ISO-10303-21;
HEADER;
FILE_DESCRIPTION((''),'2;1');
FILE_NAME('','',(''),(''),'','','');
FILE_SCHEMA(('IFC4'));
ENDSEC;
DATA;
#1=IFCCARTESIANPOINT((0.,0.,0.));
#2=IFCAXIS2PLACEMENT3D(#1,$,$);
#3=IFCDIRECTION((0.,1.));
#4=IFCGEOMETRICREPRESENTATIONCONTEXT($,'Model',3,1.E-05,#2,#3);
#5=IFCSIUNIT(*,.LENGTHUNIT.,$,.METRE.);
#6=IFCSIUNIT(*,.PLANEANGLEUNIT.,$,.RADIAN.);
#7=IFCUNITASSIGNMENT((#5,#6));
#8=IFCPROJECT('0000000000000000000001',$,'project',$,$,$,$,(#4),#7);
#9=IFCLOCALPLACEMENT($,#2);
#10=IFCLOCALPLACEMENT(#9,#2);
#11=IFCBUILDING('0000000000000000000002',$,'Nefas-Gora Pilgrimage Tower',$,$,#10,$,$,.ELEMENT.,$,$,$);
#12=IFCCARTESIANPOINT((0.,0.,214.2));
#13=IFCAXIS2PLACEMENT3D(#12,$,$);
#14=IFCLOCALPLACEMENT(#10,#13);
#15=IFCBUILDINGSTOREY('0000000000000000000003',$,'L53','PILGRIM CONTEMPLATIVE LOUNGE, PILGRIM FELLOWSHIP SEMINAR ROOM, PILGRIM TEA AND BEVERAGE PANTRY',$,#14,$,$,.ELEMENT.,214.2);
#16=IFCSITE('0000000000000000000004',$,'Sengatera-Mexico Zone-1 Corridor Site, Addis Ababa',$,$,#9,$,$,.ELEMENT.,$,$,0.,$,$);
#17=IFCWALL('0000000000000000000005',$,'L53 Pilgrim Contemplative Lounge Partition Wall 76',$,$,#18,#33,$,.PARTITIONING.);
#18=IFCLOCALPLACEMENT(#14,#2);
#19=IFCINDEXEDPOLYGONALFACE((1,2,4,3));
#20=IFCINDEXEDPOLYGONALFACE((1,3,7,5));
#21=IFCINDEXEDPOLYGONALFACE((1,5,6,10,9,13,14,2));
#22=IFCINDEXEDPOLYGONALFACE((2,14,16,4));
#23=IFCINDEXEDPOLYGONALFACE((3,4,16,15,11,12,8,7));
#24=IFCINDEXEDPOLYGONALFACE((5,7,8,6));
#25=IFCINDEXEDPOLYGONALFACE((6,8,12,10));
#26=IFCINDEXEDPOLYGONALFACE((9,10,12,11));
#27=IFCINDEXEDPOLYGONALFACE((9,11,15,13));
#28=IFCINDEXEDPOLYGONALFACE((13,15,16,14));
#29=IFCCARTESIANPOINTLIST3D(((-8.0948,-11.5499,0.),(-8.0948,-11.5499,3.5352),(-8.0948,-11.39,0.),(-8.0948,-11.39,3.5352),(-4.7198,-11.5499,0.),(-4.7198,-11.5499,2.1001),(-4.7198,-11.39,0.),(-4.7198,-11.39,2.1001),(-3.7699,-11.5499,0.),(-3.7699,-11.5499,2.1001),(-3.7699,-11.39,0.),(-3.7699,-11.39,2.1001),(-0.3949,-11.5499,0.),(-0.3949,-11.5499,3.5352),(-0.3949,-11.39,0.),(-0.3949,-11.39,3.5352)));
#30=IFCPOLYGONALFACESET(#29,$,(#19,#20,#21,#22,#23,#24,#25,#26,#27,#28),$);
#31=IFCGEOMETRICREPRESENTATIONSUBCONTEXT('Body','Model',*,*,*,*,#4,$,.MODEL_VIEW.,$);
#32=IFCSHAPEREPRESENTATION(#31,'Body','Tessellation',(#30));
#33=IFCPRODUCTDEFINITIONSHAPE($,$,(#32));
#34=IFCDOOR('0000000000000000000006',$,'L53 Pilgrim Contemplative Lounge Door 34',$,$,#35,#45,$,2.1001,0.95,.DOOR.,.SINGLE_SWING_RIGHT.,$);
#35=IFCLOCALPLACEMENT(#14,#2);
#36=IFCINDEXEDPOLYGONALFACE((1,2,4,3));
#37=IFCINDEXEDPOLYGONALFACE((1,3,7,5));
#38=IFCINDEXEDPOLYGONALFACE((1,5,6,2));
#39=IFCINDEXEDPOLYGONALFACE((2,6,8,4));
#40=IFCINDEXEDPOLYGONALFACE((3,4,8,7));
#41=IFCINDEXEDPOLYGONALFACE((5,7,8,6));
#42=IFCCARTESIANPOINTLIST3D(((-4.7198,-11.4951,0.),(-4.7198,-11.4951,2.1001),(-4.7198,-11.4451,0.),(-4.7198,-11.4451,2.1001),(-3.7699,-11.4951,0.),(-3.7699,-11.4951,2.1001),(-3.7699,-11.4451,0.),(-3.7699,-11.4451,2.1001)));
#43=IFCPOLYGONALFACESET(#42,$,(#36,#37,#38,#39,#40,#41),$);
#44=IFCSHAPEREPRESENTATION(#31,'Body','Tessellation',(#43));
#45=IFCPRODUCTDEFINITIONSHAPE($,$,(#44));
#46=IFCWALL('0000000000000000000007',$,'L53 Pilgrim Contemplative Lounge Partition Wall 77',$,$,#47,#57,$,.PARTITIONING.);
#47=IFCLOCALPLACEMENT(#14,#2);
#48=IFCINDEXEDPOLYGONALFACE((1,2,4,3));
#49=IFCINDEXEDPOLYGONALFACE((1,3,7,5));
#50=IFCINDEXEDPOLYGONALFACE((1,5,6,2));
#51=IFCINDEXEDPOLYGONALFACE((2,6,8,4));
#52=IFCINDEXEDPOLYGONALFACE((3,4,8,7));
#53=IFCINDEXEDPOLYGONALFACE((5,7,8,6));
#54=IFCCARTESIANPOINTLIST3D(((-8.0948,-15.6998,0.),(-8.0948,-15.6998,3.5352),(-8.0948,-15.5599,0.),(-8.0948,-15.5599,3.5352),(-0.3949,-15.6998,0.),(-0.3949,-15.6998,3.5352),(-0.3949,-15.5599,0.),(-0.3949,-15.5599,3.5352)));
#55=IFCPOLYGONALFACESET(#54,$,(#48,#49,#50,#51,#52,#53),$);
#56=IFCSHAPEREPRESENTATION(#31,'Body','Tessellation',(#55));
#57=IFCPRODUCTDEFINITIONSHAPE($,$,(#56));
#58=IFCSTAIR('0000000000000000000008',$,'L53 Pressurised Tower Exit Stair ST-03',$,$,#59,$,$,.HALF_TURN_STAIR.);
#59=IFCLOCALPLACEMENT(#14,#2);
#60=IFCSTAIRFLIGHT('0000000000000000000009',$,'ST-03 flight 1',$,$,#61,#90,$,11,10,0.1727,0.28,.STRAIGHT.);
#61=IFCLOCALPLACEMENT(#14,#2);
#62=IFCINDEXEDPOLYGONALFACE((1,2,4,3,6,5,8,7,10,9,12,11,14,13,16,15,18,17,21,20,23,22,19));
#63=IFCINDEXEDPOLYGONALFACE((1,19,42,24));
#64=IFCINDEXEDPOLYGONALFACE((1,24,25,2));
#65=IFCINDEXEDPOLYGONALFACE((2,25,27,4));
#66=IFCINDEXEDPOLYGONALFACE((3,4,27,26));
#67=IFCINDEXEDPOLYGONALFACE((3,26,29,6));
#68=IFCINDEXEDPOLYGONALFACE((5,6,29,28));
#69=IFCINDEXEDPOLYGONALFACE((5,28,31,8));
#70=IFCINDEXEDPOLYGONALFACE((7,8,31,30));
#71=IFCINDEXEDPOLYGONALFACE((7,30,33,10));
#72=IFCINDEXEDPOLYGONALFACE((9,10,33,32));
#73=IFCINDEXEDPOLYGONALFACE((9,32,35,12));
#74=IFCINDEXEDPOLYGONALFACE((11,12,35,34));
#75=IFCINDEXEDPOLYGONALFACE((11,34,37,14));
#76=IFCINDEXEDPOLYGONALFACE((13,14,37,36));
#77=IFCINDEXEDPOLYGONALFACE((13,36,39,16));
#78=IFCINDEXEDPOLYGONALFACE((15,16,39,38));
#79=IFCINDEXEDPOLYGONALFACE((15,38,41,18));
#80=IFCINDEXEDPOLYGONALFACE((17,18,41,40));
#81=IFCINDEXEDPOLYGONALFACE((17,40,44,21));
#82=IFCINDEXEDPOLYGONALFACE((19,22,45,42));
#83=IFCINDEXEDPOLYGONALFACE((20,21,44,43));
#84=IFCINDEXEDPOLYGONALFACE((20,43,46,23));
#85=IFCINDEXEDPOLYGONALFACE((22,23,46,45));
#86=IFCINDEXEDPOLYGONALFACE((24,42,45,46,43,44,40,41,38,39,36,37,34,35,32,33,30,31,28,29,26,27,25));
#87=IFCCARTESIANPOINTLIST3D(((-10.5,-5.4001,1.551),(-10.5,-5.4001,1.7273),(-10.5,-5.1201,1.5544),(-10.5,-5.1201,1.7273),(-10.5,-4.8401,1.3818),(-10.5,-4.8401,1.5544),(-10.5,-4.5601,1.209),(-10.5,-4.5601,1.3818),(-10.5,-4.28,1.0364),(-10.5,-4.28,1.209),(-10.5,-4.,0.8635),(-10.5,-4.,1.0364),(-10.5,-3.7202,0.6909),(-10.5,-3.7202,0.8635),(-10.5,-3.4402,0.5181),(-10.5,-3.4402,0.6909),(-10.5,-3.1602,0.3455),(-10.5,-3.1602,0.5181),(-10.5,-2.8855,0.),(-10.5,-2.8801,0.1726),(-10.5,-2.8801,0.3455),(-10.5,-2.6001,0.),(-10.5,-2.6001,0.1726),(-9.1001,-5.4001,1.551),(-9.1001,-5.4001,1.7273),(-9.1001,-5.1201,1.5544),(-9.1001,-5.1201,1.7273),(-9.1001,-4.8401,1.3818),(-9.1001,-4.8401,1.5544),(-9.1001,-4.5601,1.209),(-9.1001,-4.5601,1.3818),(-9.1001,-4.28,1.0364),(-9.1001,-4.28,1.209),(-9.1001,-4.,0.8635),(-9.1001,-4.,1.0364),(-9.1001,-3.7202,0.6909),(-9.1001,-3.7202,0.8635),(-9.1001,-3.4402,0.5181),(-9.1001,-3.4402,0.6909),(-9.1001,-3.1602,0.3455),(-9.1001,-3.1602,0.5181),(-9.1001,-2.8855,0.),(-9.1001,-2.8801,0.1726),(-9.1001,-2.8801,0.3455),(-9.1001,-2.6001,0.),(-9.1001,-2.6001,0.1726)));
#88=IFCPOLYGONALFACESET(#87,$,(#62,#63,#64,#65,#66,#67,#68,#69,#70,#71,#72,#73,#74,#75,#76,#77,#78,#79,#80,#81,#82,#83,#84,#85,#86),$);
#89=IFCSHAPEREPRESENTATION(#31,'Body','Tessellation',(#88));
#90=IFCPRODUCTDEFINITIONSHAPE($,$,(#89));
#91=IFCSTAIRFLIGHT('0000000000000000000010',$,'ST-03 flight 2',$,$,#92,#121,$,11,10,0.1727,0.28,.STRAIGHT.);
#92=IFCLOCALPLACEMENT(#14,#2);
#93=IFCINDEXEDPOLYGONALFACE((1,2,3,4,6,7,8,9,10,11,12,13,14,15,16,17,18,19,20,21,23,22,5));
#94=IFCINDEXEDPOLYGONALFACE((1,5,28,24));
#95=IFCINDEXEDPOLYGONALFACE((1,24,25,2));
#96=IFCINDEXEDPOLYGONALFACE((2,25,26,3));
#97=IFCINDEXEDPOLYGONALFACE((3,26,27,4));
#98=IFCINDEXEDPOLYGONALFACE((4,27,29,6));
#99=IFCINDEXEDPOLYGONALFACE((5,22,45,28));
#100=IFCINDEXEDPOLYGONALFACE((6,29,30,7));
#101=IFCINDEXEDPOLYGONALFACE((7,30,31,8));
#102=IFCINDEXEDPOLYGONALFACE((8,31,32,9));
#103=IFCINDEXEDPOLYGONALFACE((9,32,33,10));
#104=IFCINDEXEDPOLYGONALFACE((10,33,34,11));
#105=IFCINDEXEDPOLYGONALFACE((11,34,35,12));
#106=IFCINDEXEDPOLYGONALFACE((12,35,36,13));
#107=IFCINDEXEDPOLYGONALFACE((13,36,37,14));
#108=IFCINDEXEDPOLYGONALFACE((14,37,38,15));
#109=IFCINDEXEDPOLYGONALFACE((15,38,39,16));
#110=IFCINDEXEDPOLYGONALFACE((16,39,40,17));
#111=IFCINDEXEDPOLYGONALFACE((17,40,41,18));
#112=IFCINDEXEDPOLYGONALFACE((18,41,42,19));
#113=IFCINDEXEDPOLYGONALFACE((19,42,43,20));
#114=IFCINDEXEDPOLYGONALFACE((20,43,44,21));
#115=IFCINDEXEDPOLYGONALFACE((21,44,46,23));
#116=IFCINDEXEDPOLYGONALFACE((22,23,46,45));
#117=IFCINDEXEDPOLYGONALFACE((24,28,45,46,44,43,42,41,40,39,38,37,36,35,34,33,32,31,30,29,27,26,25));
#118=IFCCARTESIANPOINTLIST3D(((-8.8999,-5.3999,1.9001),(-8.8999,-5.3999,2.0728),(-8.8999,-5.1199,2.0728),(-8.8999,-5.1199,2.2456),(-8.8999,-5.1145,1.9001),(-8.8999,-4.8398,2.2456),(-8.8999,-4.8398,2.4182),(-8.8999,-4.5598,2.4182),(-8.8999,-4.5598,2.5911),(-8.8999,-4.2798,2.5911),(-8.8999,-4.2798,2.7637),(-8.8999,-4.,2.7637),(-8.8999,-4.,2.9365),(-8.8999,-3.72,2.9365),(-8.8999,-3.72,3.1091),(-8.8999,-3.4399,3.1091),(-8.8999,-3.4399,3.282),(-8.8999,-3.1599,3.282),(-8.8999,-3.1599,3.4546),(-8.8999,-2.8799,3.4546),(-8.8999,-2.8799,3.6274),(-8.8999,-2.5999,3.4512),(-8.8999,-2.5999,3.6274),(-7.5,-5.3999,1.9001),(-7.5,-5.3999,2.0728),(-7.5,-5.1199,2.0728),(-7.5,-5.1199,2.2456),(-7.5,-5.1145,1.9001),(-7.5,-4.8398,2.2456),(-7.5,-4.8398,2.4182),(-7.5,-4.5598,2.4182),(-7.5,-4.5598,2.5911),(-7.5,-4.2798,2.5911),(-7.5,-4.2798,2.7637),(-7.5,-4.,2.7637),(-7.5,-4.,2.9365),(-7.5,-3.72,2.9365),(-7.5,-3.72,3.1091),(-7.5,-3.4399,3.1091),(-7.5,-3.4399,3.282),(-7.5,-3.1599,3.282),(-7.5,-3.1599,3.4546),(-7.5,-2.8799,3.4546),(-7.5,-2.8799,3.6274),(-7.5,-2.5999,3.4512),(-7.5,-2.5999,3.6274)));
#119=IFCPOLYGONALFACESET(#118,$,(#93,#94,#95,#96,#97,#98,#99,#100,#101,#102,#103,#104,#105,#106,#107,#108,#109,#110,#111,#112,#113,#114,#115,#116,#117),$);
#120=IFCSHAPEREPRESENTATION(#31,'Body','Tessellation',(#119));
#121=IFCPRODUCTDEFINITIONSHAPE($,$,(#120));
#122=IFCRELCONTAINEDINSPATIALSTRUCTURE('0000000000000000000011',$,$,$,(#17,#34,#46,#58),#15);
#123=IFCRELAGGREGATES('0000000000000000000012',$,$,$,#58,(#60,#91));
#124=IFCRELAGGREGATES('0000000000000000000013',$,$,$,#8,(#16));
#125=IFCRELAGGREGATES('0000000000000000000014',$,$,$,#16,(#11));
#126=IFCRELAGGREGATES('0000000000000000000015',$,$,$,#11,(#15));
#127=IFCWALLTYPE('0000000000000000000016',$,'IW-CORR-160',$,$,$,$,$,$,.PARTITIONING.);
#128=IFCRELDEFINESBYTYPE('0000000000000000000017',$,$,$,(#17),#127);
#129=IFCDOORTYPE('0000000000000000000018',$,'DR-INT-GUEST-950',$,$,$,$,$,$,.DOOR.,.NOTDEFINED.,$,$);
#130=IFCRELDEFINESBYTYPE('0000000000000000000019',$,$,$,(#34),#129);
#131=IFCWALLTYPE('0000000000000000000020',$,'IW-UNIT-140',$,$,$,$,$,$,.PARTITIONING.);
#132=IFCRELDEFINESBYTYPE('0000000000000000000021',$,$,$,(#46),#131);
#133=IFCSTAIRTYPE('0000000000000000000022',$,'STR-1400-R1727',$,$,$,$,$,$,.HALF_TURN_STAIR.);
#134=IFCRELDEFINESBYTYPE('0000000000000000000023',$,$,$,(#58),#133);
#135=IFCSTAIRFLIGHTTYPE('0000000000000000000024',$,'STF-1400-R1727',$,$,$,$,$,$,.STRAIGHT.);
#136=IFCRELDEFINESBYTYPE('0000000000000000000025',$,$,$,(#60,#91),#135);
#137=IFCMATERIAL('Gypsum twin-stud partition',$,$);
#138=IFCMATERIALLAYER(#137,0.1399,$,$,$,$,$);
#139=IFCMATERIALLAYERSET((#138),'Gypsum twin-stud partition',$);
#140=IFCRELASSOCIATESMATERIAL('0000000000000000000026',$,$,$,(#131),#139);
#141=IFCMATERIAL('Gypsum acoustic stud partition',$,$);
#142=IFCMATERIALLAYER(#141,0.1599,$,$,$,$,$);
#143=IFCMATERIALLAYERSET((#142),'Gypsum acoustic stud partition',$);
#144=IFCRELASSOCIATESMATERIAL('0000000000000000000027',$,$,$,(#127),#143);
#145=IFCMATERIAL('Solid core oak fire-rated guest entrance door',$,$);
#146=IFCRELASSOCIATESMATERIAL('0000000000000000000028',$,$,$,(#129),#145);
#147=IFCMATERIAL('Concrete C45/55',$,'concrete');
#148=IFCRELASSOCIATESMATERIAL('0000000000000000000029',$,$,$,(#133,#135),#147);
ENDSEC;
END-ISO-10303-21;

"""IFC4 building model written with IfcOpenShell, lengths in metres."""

from ifc_helpers import new_model, si_unit, direction, frame, frame_2d, origin, place, context, subcontext, project, spatial, polyline, rectangle, outline, extrude, source, transform, mapped, material, layer, layer_set, type_object, element, fill, aggregate, save


model = new_model("IFC4")

# Units and contexts
model_context = context("Model", 3, precision=1e-05, world=origin(), true_north=direction((0.0, 1.0)))
body_context = subcontext(model_context, "Body", "Model", "MODEL_VIEW")
ifc_project = project(units=[si_unit("LENGTHUNIT", "METRE"), si_unit("PLANEANGLEUNIT", "RADIAN")], contexts=[model_context])

# Site, building, storey
site_placement = place(None, origin())
site = spatial("IfcSite", under=ifc_project, at=site_placement, Name="Sengatera-Mexico Zone-1 Corridor Site, Addis Ababa", CompositionType="ELEMENT", RefElevation=0.0)
building_placement = place(site_placement, origin())
building = spatial("IfcBuilding", under=site, at=building_placement, Name="Nefas-Gora Pilgrimage Tower", CompositionType="ELEMENT")
storey_placement = place(building_placement, frame((0.0, 0.0, 214.2)))
storey = spatial("IfcBuildingStorey", under=building, at=storey_placement, Name="L53", Description="PILGRIM CONTEMPLATIVE LOUNGE, PILGRIM FELLOWSHIP SEMINAR ROOM, PILGRIM TEA AND BEVERAGE PANTRY", CompositionType="ELEMENT", Elevation=214.2)

# Shared definitions
ifc_material_1 = material(Name="Gypsum twin-stud partition")
ifc_layer_1 = layer(ifc_material_1, 0.1399)
ifc_layer_set_1 = layer_set([ifc_layer_1], Name="Gypsum twin-stud partition")
wall_type_1 = type_object("IfcWallType", Name="IW-UNIT-140", PredefinedType="PARTITIONING", material=ifc_layer_set_1)
ifc_material_2 = material(Name="Gypsum acoustic stud partition")
ifc_layer_2 = layer(ifc_material_2, 0.1599)
ifc_layer_set_2 = layer_set([ifc_layer_2], Name="Gypsum acoustic stud partition")
wall_type_2 = type_object("IfcWallType", Name="IW-CORR-160", PredefinedType="PARTITIONING", material=ifc_layer_set_2)

# Shared definitions
ifc_material_3 = material(Name="Solid core oak fire-rated guest entrance door")
door_type_1 = type_object("IfcDoorType", Name="DR-INT-GUEST-950", OperationType="NOTDEFINED", PredefinedType="DOOR", material=ifc_material_3)
shared_shape_1 = source(origin(), body_context, "Body", "SweptSolid", [
    extrude(rectangle(XDim=0.95, YDim=2.1001, at=frame_2d((0.4751, 1.05))), frame((0.0, 0.0249, 0.0), z_axis=(0.0, -1.0, 0.0), x_axis=(1.0, 0.0, 0.0)), (0.0, 0.0, 1.0), 0.05),
])

# Wall, opening, door
shared_shape_2 = source(origin(), body_context, "Body", "SweptSolid", [
    extrude(rectangle(XDim=7.7, YDim=0.1599, at=frame_2d((3.8501, 0.0))), origin(), (0.0, 0.0, 1.0), 3.5352),
])
wall_1_placement = place(storey_placement, frame((-8.095, -11.47, 0.0), z_axis=(0.0, 0.0, 1.0), x_axis=(1.0, 0.0, 0.0)))
wall_1 = element("IfcWall", 1, at=wall_1_placement, inside=storey, type_object=wall_type_2, Name="L53 Pilgrim Contemplative Lounge Partition Wall 76", PredefinedType="PARTITIONING", context=body_context, shape_type="MappedRepresentation", body=[
    mapped(shared_shape_2, transform((0.0, 0.0, 0.0), x_axis=(1.0, 0.0, 0.0), y_axis=(0.0, 1.0, 0.0), z_axis=(0.0, 0.0, 1.0), scale=1.0)),
])
opening_1_placement = place(wall_1_placement, frame((3.375, 0.0, 0.0)))
opening_1 = element("IfcOpeningElement", 2, at=opening_1_placement, cuts=wall_1, PredefinedType="OPENING", context=body_context, shape_type="SweptSolid", body=[
    extrude(rectangle(XDim=0.95, YDim=2.1001, at=frame_2d((0.4751, 1.05))), frame((0.0, 0.0898, 0.0), z_axis=(0.0, -1.0, 0.0), x_axis=(1.0, 0.0, 0.0)), (0.0, 0.0, 1.0), 0.1799),
])
door_1_placement = place(opening_1_placement, origin())
door_1 = element("IfcDoor", 3, at=door_1_placement, inside=storey, type_object=door_type_1, Name="L53 Pilgrim Contemplative Lounge Door 34", OperationType="SINGLE_SWING_RIGHT", OverallHeight=2.1001, OverallWidth=0.95, PredefinedType="DOOR", context=body_context, shape_type="MappedRepresentation", body=[
    mapped(shared_shape_1, transform((0.0, 0.0, 0.0), x_axis=(1.0, 0.0, 0.0), y_axis=(0.0, 1.0, 0.0), z_axis=(0.0, 0.0, 1.0), scale=1.0)),
])
fill(opening_1, door_1)

# Wall
shared_shape_3 = source(origin(), body_context, "Body", "SweptSolid", [
    extrude(rectangle(XDim=7.7, YDim=0.1399, at=frame_2d((3.8501, 0.0))), origin(), (0.0, 0.0, 1.0), 3.5352),
])
wall_2_placement = place(storey_placement, frame((-8.095, -15.6299, 0.0), z_axis=(0.0, 0.0, 1.0), x_axis=(1.0, 0.0, 0.0)))
element("IfcWall", 4, at=wall_2_placement, inside=storey, type_object=wall_type_1, Name="L53 Pilgrim Contemplative Lounge Partition Wall 77", PredefinedType="PARTITIONING", context=body_context, shape_type="MappedRepresentation", body=[
    mapped(shared_shape_3, transform((0.0, 0.0, 0.0), x_axis=(1.0, 0.0, 0.0), y_axis=(0.0, 1.0, 0.0), z_axis=(0.0, 0.0, 1.0), scale=1.0)),
])

# Stair, stair flights
ifc_material_4 = material(Name="Concrete C45/55", Category="concrete")
stair_type = type_object("IfcStairType", Name="STR-1400-R1727", PredefinedType="HALF_TURN_STAIR", material=ifc_material_4)
stair_placement = place(storey_placement, origin())
stair = element("IfcStair", 5, at=stair_placement, inside=storey, type_object=stair_type, Name="L53 Pressurised Tower Exit Stair ST-03", PredefinedType="HALF_TURN_STAIR")
stair_flight_type = type_object("IfcStairFlightType", Name="STF-1400-R1727", PredefinedType="STRAIGHT", material=ifc_material_4)
shared_shape_4 = source(origin(), body_context, "Body", "SweptSolid", [
    extrude(outline(polyline([(0.0, 0.0), (0.0, 0.1726), (0.28, 0.1726), (0.28, 0.3455), (0.5601, 0.3455), (0.5601, 0.5181), (0.8401, 0.5181), (0.8401, 0.6909), (1.1201, 0.6909), (1.1201, 0.8635), (1.3999, 0.8635), (1.3999, 1.0364), (1.6799, 1.0364), (1.6799, 1.209), (1.96, 1.209), (1.96, 1.3818), (2.24, 1.3818), (2.24, 1.5544), (2.52, 1.5544), (2.52, 1.7273), (2.8, 1.7273), (2.8, 1.8999), (2.8, 1.551), (0.2854, 0.0), (0.0, 0.0)])), frame((0.0, 0.7, 0.0), z_axis=(0.0, -1.0, 0.0), x_axis=(1.0, 0.0, 0.0)), (0.0, 0.0, 1.0), 1.3999),
])
stair_flight_1_placement = place(storey_placement, frame((-9.8, -2.6001, 0.0), z_axis=(0.0, 0.0, 1.0), x_axis=(0.0, -1.0, 0.0)))
stair_flight_1 = element("IfcStairFlight", 6, at=stair_flight_1_placement, type_object=stair_flight_type, Name="ST-03 flight 1", NumberOfRisers=11, NumberOfTreads=10, PredefinedType="STRAIGHT", RiserHeight=0.1727, TreadLength=0.28, context=body_context, shape_type="MappedRepresentation", body=[
    mapped(shared_shape_4, transform((0.0, 0.0, 0.0), x_axis=(1.0, 0.0, 0.0), y_axis=(0.0, 1.0, 0.0), z_axis=(0.0, 0.0, 1.0), scale=1.0)),
])
stair_flight_2_placement = place(storey_placement, frame((-8.2, -5.3999, 1.9001), z_axis=(0.0, 0.0, 1.0), x_axis=(0.0, 1.0, 0.0)))
stair_flight_2 = element("IfcStairFlight", 7, at=stair_flight_2_placement, type_object=stair_flight_type, Name="ST-03 flight 2", NumberOfRisers=11, NumberOfTreads=10, PredefinedType="STRAIGHT", RiserHeight=0.1727, TreadLength=0.28, context=body_context, shape_type="MappedRepresentation", body=[
    mapped(shared_shape_4, transform((0.0, 0.0, 0.0), x_axis=(1.0, 0.0, 0.0), y_axis=(0.0, 1.0, 0.0), z_axis=(0.0, 0.0, 1.0), scale=1.0)),
])
aggregate(stair, [stair_flight_1, stair_flight_2])

save(model, "model.ifc")
